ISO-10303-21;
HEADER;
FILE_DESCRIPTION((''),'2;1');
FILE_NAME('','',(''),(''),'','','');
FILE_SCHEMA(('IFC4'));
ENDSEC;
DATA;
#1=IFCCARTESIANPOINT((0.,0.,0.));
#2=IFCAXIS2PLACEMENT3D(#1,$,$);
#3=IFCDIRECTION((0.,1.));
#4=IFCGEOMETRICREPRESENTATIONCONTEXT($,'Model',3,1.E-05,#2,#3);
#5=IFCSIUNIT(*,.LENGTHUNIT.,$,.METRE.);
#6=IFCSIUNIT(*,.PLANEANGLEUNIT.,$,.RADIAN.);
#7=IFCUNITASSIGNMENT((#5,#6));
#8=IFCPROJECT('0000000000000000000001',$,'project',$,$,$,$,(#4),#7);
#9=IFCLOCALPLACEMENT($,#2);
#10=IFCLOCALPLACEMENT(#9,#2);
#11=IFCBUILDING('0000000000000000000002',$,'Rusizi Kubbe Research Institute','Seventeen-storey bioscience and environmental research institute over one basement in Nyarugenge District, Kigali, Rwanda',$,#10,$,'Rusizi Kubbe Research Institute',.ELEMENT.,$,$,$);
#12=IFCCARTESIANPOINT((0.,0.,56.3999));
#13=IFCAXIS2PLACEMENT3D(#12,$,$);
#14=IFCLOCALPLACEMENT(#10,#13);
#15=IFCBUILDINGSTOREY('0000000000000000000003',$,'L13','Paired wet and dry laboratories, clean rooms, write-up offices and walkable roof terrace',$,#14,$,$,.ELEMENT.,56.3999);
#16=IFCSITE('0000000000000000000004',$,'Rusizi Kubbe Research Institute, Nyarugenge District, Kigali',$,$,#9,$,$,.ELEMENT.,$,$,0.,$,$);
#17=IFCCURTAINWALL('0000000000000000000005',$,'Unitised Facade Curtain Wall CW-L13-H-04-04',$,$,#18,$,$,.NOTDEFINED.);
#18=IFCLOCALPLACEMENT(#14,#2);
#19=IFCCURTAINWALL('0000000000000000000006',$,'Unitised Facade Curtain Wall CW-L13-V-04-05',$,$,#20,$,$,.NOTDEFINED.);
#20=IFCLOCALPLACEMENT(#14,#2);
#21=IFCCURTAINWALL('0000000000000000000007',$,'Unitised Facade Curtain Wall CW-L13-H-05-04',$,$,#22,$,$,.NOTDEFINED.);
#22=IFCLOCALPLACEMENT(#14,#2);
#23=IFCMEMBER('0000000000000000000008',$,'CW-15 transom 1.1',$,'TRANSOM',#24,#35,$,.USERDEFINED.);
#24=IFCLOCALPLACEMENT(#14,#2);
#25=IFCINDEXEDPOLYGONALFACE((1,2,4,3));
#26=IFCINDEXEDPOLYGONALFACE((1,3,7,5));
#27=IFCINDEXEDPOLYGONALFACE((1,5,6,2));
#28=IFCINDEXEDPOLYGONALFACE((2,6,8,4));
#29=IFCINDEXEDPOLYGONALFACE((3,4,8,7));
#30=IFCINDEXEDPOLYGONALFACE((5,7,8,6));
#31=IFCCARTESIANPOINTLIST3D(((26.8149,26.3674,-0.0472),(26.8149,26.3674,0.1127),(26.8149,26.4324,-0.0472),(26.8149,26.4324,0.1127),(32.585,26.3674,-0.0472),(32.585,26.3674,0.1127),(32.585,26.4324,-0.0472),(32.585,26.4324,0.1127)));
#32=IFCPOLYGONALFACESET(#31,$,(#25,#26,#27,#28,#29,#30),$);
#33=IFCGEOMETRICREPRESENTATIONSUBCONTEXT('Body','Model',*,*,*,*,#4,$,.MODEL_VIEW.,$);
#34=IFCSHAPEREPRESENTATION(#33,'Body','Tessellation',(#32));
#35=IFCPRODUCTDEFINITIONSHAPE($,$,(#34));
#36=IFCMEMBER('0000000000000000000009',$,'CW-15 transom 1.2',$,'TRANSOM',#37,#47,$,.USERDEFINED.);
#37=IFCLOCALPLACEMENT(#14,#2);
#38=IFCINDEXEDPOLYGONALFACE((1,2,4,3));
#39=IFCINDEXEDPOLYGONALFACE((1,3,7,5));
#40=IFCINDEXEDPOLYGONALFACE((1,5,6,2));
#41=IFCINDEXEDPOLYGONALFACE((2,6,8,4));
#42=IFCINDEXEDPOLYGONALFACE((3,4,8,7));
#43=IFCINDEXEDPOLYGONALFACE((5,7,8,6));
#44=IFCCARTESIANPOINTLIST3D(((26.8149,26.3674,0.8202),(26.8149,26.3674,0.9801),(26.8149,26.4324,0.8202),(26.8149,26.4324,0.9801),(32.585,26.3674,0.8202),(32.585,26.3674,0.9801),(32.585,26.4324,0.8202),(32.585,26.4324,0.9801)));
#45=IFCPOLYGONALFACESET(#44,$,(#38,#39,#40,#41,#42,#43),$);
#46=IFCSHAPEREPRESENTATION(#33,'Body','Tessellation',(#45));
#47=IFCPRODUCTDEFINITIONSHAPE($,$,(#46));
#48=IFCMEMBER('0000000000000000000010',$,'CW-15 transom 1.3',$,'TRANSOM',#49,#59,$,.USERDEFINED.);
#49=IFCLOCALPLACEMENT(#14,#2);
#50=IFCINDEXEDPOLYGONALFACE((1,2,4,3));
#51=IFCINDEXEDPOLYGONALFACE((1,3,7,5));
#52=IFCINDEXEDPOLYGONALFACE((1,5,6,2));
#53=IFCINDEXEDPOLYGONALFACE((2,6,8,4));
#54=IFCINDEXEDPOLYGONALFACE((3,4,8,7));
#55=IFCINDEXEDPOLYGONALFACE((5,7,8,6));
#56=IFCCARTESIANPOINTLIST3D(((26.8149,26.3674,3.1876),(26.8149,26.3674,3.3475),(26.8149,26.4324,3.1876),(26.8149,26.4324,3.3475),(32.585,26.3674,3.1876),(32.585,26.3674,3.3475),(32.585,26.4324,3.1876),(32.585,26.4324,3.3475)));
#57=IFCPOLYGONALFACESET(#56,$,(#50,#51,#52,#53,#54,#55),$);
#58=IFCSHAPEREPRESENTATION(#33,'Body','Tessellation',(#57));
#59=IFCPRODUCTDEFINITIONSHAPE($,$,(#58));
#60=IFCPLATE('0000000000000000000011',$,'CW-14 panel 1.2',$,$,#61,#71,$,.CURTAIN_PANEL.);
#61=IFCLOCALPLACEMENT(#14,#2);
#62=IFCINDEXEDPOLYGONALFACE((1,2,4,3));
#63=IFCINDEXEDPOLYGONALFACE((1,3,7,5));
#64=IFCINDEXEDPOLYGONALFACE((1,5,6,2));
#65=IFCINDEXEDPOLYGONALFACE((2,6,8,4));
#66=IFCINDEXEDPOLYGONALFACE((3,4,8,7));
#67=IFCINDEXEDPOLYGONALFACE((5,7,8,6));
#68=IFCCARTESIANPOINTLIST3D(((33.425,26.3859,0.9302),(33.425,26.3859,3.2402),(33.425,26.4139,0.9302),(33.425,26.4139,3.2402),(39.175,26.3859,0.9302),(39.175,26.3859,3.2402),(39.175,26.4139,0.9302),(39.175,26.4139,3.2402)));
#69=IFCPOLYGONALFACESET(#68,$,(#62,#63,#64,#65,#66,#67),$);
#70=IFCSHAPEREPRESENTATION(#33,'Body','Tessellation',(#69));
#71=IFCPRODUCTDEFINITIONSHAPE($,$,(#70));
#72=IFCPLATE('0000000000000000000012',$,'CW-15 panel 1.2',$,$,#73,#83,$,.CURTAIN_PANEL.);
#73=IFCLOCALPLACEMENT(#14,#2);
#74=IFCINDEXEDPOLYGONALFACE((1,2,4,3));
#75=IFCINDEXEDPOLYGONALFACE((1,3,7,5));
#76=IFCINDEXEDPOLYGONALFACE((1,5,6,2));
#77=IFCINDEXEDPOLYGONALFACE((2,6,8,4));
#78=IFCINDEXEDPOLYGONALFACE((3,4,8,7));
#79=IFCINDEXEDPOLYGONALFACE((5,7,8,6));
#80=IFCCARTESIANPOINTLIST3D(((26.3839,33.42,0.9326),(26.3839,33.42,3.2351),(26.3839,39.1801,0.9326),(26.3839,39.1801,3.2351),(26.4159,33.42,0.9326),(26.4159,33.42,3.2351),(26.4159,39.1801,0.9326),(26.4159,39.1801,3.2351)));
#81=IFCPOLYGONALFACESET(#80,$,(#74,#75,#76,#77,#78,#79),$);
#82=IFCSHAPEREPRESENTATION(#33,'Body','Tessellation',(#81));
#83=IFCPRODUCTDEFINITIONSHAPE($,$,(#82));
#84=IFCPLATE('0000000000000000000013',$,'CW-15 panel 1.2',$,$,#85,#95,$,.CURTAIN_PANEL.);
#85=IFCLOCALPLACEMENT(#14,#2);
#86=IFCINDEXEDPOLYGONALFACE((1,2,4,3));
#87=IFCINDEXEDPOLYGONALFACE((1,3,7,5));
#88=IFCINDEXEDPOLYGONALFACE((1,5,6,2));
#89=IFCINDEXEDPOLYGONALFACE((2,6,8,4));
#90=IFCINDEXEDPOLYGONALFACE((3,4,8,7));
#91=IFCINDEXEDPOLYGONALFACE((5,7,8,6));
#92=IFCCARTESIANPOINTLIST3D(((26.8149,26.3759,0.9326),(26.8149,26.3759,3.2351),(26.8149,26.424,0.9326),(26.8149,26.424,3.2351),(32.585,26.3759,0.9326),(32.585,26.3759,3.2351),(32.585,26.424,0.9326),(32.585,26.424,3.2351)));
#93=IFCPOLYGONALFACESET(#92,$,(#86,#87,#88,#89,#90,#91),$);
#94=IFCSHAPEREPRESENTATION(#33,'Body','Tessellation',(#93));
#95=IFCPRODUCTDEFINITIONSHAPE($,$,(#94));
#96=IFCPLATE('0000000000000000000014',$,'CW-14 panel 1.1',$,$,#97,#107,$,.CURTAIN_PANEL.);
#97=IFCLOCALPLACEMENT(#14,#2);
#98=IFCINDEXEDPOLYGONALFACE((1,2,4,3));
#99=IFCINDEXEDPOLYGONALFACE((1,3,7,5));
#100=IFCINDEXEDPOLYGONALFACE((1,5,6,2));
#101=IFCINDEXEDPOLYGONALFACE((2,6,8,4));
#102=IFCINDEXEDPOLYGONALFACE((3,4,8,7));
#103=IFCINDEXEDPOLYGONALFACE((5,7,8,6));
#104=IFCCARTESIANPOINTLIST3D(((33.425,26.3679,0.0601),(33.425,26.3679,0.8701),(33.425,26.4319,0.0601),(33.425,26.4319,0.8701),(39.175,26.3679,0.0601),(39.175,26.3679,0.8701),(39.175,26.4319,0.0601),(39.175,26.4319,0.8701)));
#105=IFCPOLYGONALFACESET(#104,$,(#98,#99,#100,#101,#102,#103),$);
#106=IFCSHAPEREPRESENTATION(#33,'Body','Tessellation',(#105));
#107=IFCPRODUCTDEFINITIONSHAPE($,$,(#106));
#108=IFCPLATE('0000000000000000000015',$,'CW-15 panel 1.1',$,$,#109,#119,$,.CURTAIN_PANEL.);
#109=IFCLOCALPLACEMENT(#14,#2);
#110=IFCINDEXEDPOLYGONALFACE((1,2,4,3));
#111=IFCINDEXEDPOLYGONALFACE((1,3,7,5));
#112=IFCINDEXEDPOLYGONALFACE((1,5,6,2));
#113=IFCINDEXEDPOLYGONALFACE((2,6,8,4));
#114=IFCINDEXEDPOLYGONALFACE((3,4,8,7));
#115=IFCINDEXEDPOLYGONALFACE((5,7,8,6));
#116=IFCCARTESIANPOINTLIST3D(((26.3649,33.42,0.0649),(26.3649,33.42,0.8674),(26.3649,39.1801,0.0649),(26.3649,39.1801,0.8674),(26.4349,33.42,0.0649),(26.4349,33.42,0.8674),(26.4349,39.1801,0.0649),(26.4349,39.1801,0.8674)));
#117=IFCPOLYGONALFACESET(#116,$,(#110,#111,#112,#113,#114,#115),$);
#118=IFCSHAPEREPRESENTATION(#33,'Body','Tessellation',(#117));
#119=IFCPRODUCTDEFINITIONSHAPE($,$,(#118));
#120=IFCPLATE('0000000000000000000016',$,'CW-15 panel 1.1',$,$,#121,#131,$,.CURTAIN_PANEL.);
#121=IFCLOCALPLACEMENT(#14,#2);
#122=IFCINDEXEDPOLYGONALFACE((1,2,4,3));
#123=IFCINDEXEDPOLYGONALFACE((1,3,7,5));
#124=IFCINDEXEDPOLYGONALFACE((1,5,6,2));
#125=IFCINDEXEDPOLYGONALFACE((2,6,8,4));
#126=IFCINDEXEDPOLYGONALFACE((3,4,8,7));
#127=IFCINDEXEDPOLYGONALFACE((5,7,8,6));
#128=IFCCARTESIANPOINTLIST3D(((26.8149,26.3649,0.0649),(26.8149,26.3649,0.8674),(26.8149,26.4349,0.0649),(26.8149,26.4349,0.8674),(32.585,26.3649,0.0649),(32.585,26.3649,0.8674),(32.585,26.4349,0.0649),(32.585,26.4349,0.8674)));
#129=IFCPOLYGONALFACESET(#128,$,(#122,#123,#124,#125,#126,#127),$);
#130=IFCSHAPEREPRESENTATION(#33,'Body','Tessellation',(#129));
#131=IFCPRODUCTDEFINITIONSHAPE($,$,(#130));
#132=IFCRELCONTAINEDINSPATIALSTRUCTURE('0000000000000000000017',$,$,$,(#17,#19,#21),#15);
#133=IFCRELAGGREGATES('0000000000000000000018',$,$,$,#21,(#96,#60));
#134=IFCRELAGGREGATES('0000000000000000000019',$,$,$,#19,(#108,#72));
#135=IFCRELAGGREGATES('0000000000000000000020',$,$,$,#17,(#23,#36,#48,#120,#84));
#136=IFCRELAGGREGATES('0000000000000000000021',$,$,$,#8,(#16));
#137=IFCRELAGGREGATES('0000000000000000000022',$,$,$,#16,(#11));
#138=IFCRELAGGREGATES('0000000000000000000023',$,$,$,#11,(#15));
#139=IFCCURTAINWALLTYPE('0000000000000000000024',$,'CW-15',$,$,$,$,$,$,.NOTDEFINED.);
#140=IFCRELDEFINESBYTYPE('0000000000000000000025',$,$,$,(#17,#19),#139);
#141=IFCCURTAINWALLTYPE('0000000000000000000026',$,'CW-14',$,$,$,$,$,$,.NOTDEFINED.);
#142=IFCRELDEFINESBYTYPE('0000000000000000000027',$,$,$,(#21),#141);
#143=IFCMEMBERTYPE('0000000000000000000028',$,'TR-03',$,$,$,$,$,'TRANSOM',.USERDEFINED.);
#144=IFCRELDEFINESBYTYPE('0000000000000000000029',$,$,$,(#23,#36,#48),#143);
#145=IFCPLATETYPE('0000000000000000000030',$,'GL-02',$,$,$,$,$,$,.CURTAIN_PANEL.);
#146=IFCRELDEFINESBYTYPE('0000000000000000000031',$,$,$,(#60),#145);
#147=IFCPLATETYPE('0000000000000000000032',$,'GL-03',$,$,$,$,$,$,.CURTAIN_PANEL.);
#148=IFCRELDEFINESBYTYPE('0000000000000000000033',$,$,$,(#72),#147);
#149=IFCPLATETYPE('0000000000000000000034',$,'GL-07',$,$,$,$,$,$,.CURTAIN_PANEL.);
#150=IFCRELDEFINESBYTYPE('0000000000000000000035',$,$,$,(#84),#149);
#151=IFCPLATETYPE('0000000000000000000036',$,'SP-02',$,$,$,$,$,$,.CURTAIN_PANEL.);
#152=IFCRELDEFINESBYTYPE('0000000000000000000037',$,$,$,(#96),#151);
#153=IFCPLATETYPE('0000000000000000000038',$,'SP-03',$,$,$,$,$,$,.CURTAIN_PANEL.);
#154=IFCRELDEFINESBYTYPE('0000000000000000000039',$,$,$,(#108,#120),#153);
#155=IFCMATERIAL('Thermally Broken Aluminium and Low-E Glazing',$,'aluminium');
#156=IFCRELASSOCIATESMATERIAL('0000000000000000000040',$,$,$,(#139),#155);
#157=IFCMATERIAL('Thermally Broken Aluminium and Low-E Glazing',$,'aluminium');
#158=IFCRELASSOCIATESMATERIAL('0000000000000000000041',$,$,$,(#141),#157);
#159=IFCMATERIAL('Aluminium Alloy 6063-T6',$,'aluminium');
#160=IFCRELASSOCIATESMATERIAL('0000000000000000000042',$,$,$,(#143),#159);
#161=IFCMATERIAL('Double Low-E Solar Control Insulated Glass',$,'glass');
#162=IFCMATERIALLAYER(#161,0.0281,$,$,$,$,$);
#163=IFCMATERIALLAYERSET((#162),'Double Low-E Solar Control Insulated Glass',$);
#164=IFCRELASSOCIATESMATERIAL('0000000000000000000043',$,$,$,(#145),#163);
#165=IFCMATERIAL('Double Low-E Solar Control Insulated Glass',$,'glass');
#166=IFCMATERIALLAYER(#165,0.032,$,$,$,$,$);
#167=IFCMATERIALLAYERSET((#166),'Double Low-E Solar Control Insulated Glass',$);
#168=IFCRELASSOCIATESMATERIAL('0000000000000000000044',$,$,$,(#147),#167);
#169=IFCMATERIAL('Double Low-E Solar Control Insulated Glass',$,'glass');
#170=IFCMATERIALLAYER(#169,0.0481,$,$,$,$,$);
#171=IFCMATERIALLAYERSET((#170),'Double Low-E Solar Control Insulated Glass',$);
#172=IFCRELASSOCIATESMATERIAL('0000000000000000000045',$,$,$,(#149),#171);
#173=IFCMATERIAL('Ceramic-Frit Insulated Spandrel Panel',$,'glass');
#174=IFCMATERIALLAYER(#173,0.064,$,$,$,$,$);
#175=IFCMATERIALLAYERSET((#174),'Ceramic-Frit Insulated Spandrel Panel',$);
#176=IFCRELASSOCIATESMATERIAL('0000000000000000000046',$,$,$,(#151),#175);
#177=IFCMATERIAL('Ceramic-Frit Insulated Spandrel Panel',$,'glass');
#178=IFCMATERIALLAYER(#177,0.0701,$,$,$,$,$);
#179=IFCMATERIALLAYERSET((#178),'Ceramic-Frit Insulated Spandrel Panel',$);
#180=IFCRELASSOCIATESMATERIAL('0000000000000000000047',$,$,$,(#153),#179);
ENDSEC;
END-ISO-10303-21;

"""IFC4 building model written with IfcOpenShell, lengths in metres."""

from ifc_helpers import new_model, si_unit, direction, frame, origin, origin_2d, place, context, subcontext, project, spatial, rectangle, extrude, material, layer, layer_set, material_profile, profile_set, type_object, element, aggregate, save


model = new_model("IFC4")

# Units and contexts
model_context = context("Model", 3, precision=1e-05, world=origin(), true_north=direction((0.0, 1.0)))
body_context = subcontext(model_context, "Body", "Model", "MODEL_VIEW")
ifc_project = project(units=[si_unit("LENGTHUNIT", "METRE"), si_unit("PLANEANGLEUNIT", "RADIAN")], contexts=[model_context])

# Site, building, storey
site_placement = place(None, origin())
site = spatial("IfcSite", under=ifc_project, at=site_placement, Name="Rusizi Kubbe Research Institute, Nyarugenge District, Kigali", CompositionType="ELEMENT", RefElevation=0.0)
building_placement = place(site_placement, origin())
building = spatial("IfcBuilding", under=site, at=building_placement, Name="Rusizi Kubbe Research Institute", Description="Seventeen-storey bioscience and environmental research institute over one basement in Nyarugenge District, Kigali, Rwanda", LongName="Rusizi Kubbe Research Institute", CompositionType="ELEMENT")
storey_placement = place(building_placement, frame((0.0, 0.0, 56.3999)))
storey = spatial("IfcBuildingStorey", under=building, at=storey_placement, Name="L13", Description="Paired wet and dry laboratories, clean rooms, write-up offices and walkable roof terrace", CompositionType="ELEMENT", Elevation=56.3999)

# Curtain wall
ifc_material_1 = material(Name="Thermally Broken Aluminium and Low-E Glazing", Category="aluminium")
curtain_wall_type_1 = type_object("IfcCurtainWallType", Name="CW-15", PredefinedType="NOTDEFINED", material=ifc_material_1)
curtain_wall_1_placement = place(storey_placement, origin())
curtain_wall_1 = element("IfcCurtainWall", 1, at=curtain_wall_1_placement, inside=storey, type_object=curtain_wall_type_1, Name="Unitised Facade Curtain Wall CW-L13-H-04-04", PredefinedType="NOTDEFINED")

# Curtain wall
curtain_wall_2_placement = place(storey_placement, origin())
curtain_wall_2 = element("IfcCurtainWall", 2, at=curtain_wall_2_placement, inside=storey, type_object=curtain_wall_type_1, Name="Unitised Facade Curtain Wall CW-L13-V-04-05", PredefinedType="NOTDEFINED")

# Curtain wall
ifc_material_2 = material(Name="Thermally Broken Aluminium and Low-E Glazing", Category="aluminium")
curtain_wall_type_2 = type_object("IfcCurtainWallType", Name="CW-14", PredefinedType="NOTDEFINED", material=ifc_material_2)
curtain_wall_3_placement = place(storey_placement, origin())
curtain_wall_3 = element("IfcCurtainWall", 3, at=curtain_wall_3_placement, inside=storey, type_object=curtain_wall_type_2, Name="Unitised Facade Curtain Wall CW-L13-H-05-04", PredefinedType="NOTDEFINED")

# Members
ifc_material_3 = material(Name="Aluminium Alloy 6063-T6", Category="aluminium")
ifc_material_profile_1 = material_profile(ifc_material_3, rectangle(XDim=0.0649, YDim=0.1599, at=origin_2d()), Name="ALU-T 65x160")
ifc_profile_set_1 = profile_set([ifc_material_profile_1], Name="Aluminium Alloy 6063-T6")
member_type_1 = type_object("IfcMemberType", Name="TR-03", ElementType="TRANSOM", PredefinedType="USERDEFINED", material=ifc_profile_set_1)
member_1_placement = place(storey_placement, frame((26.8149, 26.3999, 0.0327), z_axis=(1.0, 0.0, 0.0), x_axis=(0.0, 1.0, 0.0)))
member_1 = element("IfcMember", 4, at=member_1_placement, type_object=member_type_1, Name="CW-15 transom 1.1", ObjectType="TRANSOM", PredefinedType="USERDEFINED", context=body_context, shape_type="SweptSolid", body=[
    extrude(rectangle(XDim=0.0649, YDim=0.1599, at=origin_2d()), origin(), (0.0, 0.0, 1.0), 5.77),
])
member_2_placement = place(storey_placement, frame((26.8149, 26.3999, 0.9001), z_axis=(1.0, 0.0, 0.0), x_axis=(0.0, 1.0, 0.0)))
member_2 = element("IfcMember", 5, at=member_2_placement, type_object=member_type_1, Name="CW-15 transom 1.2", ObjectType="TRANSOM", PredefinedType="USERDEFINED", context=body_context, shape_type="SweptSolid", body=[
    extrude(rectangle(XDim=0.0649, YDim=0.1599, at=origin_2d()), origin(), (0.0, 0.0, 1.0), 5.77),
])
member_3_placement = place(storey_placement, frame((26.8149, 26.3999, 3.2676), z_axis=(1.0, 0.0, 0.0), x_axis=(0.0, 1.0, 0.0)))
member_3 = element("IfcMember", 6, at=member_3_placement, type_object=member_type_1, Name="CW-15 transom 1.3", ObjectType="TRANSOM", PredefinedType="USERDEFINED", context=body_context, shape_type="SweptSolid", body=[
    extrude(rectangle(XDim=0.0649, YDim=0.1599, at=origin_2d()), origin(), (0.0, 0.0, 1.0), 5.77),
])

# Plates
ifc_material_4 = material(Name="Double Low-E Solar Control Insulated Glass", Category="glass")
ifc_layer_1 = layer(ifc_material_4, 0.0281)
ifc_layer_set_1 = layer_set([ifc_layer_1], Name="Double Low-E Solar Control Insulated Glass")
plate_type_1 = type_object("IfcPlateType", Name="GL-02", PredefinedType="CURTAIN_PANEL", material=ifc_layer_set_1)
plate_1_placement = place(storey_placement, frame((36.3, 26.3999, 0.9302), z_axis=(0.0, 0.0, 1.0), x_axis=(1.0, 0.0, 0.0)))
plate_1 = element("IfcPlate", 7, at=plate_1_placement, type_object=plate_type_1, Name="CW-14 panel 1.2", PredefinedType="CURTAIN_PANEL", context=body_context, shape_type="SweptSolid", body=[
    extrude(rectangle(XDim=5.75, YDim=0.0281, at=origin_2d()), origin(), (0.0, 0.0, 1.0), 2.3101),
])
ifc_material_5 = material(Name="Double Low-E Solar Control Insulated Glass", Category="glass")
ifc_layer_2 = layer(ifc_material_5, 0.032)
ifc_layer_set_2 = layer_set([ifc_layer_2], Name="Double Low-E Solar Control Insulated Glass")
plate_type_2 = type_object("IfcPlateType", Name="GL-03", PredefinedType="CURTAIN_PANEL", material=ifc_layer_set_2)
plate_2_placement = place(storey_placement, frame((26.3999, 36.3, 0.9326), z_axis=(0.0, 0.0, 1.0), x_axis=(0.0, 1.0, 0.0)))
plate_2 = element("IfcPlate", 8, at=plate_2_placement, type_object=plate_type_2, Name="CW-15 panel 1.2", PredefinedType="CURTAIN_PANEL", context=body_context, shape_type="SweptSolid", body=[
    extrude(rectangle(XDim=5.76, YDim=0.032, at=origin_2d()), origin(), (0.0, 0.0, 1.0), 2.3025),
])
ifc_material_6 = material(Name="Double Low-E Solar Control Insulated Glass", Category="glass")
ifc_layer_3 = layer(ifc_material_6, 0.0481)
ifc_layer_set_3 = layer_set([ifc_layer_3], Name="Double Low-E Solar Control Insulated Glass")
plate_type_3 = type_object("IfcPlateType", Name="GL-07", PredefinedType="CURTAIN_PANEL", material=ifc_layer_set_3)
plate_3_placement = place(storey_placement, frame((29.7, 26.3999, 0.9326), z_axis=(0.0, 0.0, 1.0), x_axis=(1.0, 0.0, 0.0)))
plate_3 = element("IfcPlate", 9, at=plate_3_placement, type_object=plate_type_3, Name="CW-15 panel 1.2", PredefinedType="CURTAIN_PANEL", context=body_context, shape_type="SweptSolid", body=[
    extrude(rectangle(XDim=5.77, YDim=0.0481, at=origin_2d()), origin(), (0.0, 0.0, 1.0), 2.3025),
])
ifc_material_7 = material(Name="Ceramic-Frit Insulated Spandrel Panel", Category="glass")
ifc_layer_4 = layer(ifc_material_7, 0.064)
ifc_layer_set_4 = layer_set([ifc_layer_4], Name="Ceramic-Frit Insulated Spandrel Panel")
plate_type_4 = type_object("IfcPlateType", Name="SP-02", PredefinedType="CURTAIN_PANEL", material=ifc_layer_set_4)
plate_4_placement = place(storey_placement, frame((36.3, 26.3999, 0.0601), z_axis=(0.0, 0.0, 1.0), x_axis=(1.0, 0.0, 0.0)))
plate_4 = element("IfcPlate", 10, at=plate_4_placement, type_object=plate_type_4, Name="CW-14 panel 1.1", PredefinedType="CURTAIN_PANEL", context=body_context, shape_type="SweptSolid", body=[
    extrude(rectangle(XDim=5.75, YDim=0.064, at=origin_2d()), origin(), (0.0, 0.0, 1.0), 0.8101),
])
aggregate(curtain_wall_3, [plate_4, plate_1])
ifc_material_8 = material(Name="Ceramic-Frit Insulated Spandrel Panel", Category="glass")
ifc_layer_5 = layer(ifc_material_8, 0.0701)
ifc_layer_set_5 = layer_set([ifc_layer_5], Name="Ceramic-Frit Insulated Spandrel Panel")
plate_type_5 = type_object("IfcPlateType", Name="SP-03", PredefinedType="CURTAIN_PANEL", material=ifc_layer_set_5)
plate_5_placement = place(storey_placement, frame((26.3999, 36.3, 0.0649), z_axis=(0.0, 0.0, 1.0), x_axis=(0.0, 1.0, 0.0)))
plate_5 = element("IfcPlate", 11, at=plate_5_placement, type_object=plate_type_5, Name="CW-15 panel 1.1", PredefinedType="CURTAIN_PANEL", context=body_context, shape_type="SweptSolid", body=[
    extrude(rectangle(XDim=5.76, YDim=0.0701, at=origin_2d()), origin(), (0.0, 0.0, 1.0), 0.8025),
])
aggregate(curtain_wall_2, [plate_5, plate_2])
plate_6_placement = place(storey_placement, frame((29.7, 26.3999, 0.0649), z_axis=(0.0, 0.0, 1.0), x_axis=(1.0, 0.0, 0.0)))
plate_6 = element("IfcPlate", 12, at=plate_6_placement, type_object=plate_type_5, Name="CW-15 panel 1.1", PredefinedType="CURTAIN_PANEL", context=body_context, shape_type="SweptSolid", body=[
    extrude(rectangle(XDim=5.77, YDim=0.0701, at=origin_2d()), origin(), (0.0, 0.0, 1.0), 0.8025),
])
aggregate(curtain_wall_1, [member_1, member_2, member_3, plate_6, plate_3])

save(model, "model.ifc")
